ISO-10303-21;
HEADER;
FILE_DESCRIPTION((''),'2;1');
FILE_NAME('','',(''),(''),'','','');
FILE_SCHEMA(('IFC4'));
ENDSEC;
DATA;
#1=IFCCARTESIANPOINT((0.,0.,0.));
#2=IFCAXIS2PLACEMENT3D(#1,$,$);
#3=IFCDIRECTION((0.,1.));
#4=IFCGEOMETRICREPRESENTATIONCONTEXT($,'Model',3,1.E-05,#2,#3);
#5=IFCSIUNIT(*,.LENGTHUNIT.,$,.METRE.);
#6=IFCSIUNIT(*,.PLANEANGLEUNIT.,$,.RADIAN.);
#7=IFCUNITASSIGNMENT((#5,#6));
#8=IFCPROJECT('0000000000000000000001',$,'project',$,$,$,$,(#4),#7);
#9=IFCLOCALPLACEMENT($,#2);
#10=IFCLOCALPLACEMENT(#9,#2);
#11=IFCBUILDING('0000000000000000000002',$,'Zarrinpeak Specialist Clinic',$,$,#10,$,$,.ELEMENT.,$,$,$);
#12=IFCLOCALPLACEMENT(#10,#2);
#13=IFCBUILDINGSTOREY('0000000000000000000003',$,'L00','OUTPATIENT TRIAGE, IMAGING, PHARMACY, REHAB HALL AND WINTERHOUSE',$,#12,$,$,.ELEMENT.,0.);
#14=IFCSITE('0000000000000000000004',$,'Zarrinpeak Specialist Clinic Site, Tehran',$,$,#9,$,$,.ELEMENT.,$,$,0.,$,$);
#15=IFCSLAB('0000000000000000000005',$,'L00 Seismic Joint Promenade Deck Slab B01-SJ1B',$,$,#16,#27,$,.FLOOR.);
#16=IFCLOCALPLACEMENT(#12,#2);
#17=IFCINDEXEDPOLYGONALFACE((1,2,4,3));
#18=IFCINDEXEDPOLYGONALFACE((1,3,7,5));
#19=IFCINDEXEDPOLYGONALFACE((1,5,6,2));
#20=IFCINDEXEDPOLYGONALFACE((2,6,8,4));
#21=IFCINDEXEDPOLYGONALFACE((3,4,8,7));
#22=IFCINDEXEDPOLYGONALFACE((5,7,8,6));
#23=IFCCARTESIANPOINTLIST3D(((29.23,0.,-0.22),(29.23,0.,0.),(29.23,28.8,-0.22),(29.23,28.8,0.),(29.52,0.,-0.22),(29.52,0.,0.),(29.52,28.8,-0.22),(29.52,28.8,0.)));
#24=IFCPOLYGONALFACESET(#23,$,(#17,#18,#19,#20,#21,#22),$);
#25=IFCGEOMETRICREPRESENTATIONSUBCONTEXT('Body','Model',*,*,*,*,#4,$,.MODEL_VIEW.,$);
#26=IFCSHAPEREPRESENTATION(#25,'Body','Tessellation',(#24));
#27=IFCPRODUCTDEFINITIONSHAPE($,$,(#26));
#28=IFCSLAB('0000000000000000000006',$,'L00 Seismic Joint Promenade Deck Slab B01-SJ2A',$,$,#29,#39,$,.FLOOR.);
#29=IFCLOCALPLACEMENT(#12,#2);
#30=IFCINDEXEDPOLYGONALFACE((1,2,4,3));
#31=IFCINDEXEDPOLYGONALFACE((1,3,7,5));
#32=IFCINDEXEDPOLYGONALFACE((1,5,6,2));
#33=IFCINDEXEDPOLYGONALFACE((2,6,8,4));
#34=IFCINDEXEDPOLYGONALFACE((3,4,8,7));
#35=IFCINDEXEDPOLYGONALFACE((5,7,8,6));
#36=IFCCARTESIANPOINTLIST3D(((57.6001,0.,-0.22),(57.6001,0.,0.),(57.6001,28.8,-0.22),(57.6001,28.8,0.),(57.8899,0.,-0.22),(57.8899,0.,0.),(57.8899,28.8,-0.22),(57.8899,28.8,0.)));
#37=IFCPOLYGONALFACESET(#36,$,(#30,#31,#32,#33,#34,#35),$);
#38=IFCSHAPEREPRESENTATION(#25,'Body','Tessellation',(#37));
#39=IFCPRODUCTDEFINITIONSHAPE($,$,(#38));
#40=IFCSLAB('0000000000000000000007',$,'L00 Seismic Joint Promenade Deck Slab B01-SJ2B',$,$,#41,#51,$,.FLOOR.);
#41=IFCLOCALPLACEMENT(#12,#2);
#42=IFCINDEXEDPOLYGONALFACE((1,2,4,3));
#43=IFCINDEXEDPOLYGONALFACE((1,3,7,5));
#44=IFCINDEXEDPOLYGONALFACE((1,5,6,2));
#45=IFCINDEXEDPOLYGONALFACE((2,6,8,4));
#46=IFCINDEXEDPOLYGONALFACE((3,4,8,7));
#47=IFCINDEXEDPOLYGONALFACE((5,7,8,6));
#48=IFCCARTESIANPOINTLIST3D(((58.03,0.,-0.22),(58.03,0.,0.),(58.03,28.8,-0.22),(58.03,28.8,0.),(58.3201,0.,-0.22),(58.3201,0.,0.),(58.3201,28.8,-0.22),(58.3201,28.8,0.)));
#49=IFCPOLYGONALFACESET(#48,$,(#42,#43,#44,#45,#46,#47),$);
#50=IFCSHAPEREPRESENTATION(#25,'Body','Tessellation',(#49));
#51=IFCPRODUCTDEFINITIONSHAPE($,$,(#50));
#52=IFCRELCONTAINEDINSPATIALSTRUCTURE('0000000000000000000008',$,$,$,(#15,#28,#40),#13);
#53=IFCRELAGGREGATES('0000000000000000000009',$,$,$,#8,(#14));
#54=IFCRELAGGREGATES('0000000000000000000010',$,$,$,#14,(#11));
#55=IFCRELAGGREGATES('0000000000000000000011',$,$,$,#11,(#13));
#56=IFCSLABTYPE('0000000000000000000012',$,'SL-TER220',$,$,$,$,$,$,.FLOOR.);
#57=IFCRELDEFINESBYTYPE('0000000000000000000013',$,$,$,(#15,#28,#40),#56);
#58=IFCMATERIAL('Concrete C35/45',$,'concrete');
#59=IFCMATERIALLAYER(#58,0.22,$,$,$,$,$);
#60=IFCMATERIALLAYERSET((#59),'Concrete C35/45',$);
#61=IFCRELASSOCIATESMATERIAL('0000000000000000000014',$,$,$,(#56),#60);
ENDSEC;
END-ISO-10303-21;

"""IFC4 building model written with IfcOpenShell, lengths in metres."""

from ifc_helpers import new_model, si_unit, direction, frame, origin, place, context, subcontext, project, spatial, polyline, outline, extrude, material, layer, layer_set, type_object, element, save


model = new_model("IFC4")

# Units and contexts
model_context = context("Model", 3, precision=1e-05, world=origin(), true_north=direction((0.0, 1.0)))
body_context = subcontext(model_context, "Body", "Model", "MODEL_VIEW")
ifc_project = project(units=[si_unit("LENGTHUNIT", "METRE"), si_unit("PLANEANGLEUNIT", "RADIAN")], contexts=[model_context])

# Site, building, storey
site_placement = place(None, origin())
site = spatial("IfcSite", under=ifc_project, at=site_placement, Name="Zarrinpeak Specialist Clinic Site, Tehran", CompositionType="ELEMENT", RefElevation=0.0)
building_placement = place(site_placement, origin())
building = spatial("IfcBuilding", under=site, at=building_placement, Name="Zarrinpeak Specialist Clinic", CompositionType="ELEMENT")
storey_placement = place(building_placement, origin())
storey = spatial("IfcBuildingStorey", under=building, at=storey_placement, Name="L00", Description="OUTPATIENT TRIAGE, IMAGING, PHARMACY, REHAB HALL AND WINTERHOUSE", CompositionType="ELEMENT", Elevation=0.0)

# Slabs
ifc_material = material(Name="Concrete C35/45", Category="concrete")
ifc_layer_1 = layer(ifc_material, 0.22)
ifc_layer_set_1 = layer_set([ifc_layer_1], Name="Concrete C35/45")
slab_type_1 = type_object("IfcSlabType", Name="SL-TER220", PredefinedType="FLOOR", material=ifc_layer_set_1)
slab_1_placement = place(storey_placement, frame((0.0, 0.0, -0.22)))
element("IfcSlab", 1, at=slab_1_placement, inside=storey, type_object=slab_type_1, Name="L00 Seismic Joint Promenade Deck Slab B01-SJ1B", PredefinedType="FLOOR", context=body_context, shape_type="SweptSolid", body=[
    extrude(outline(polyline([(29.23, 0.0), (29.52, 0.0), (29.52, 28.8), (29.23, 28.8), (29.23, 0.0)])), origin(), (0.0, 0.0, 1.0), 0.22),
])
slab_2_placement = place(storey_placement, frame((0.0, 0.0, -0.22)))
element("IfcSlab", 2, at=slab_2_placement, inside=storey, type_object=slab_type_1, Name="L00 Seismic Joint Promenade Deck Slab B01-SJ2A", PredefinedType="FLOOR", context=body_context, shape_type="SweptSolid", body=[
    extrude(outline(polyline([(57.6001, 0.0), (57.8899, 0.0), (57.8899, 28.8), (57.6001, 28.8), (57.6001, 0.0)])), origin(), (0.0, 0.0, 1.0), 0.22),
])
slab_3_placement = place(storey_placement, frame((0.0, 0.0, -0.22)))
element("IfcSlab", 3, at=slab_3_placement, inside=storey, type_object=slab_type_1, Name="L00 Seismic Joint Promenade Deck Slab B01-SJ2B", PredefinedType="FLOOR", context=body_context, shape_type="SweptSolid", body=[
    extrude(outline(polyline([(58.03, 0.0), (58.3201, 0.0), (58.3201, 28.8), (58.03, 28.8), (58.03, 0.0)])), origin(), (0.0, 0.0, 1.0), 0.22),
])

save(model, "model.ifc")
